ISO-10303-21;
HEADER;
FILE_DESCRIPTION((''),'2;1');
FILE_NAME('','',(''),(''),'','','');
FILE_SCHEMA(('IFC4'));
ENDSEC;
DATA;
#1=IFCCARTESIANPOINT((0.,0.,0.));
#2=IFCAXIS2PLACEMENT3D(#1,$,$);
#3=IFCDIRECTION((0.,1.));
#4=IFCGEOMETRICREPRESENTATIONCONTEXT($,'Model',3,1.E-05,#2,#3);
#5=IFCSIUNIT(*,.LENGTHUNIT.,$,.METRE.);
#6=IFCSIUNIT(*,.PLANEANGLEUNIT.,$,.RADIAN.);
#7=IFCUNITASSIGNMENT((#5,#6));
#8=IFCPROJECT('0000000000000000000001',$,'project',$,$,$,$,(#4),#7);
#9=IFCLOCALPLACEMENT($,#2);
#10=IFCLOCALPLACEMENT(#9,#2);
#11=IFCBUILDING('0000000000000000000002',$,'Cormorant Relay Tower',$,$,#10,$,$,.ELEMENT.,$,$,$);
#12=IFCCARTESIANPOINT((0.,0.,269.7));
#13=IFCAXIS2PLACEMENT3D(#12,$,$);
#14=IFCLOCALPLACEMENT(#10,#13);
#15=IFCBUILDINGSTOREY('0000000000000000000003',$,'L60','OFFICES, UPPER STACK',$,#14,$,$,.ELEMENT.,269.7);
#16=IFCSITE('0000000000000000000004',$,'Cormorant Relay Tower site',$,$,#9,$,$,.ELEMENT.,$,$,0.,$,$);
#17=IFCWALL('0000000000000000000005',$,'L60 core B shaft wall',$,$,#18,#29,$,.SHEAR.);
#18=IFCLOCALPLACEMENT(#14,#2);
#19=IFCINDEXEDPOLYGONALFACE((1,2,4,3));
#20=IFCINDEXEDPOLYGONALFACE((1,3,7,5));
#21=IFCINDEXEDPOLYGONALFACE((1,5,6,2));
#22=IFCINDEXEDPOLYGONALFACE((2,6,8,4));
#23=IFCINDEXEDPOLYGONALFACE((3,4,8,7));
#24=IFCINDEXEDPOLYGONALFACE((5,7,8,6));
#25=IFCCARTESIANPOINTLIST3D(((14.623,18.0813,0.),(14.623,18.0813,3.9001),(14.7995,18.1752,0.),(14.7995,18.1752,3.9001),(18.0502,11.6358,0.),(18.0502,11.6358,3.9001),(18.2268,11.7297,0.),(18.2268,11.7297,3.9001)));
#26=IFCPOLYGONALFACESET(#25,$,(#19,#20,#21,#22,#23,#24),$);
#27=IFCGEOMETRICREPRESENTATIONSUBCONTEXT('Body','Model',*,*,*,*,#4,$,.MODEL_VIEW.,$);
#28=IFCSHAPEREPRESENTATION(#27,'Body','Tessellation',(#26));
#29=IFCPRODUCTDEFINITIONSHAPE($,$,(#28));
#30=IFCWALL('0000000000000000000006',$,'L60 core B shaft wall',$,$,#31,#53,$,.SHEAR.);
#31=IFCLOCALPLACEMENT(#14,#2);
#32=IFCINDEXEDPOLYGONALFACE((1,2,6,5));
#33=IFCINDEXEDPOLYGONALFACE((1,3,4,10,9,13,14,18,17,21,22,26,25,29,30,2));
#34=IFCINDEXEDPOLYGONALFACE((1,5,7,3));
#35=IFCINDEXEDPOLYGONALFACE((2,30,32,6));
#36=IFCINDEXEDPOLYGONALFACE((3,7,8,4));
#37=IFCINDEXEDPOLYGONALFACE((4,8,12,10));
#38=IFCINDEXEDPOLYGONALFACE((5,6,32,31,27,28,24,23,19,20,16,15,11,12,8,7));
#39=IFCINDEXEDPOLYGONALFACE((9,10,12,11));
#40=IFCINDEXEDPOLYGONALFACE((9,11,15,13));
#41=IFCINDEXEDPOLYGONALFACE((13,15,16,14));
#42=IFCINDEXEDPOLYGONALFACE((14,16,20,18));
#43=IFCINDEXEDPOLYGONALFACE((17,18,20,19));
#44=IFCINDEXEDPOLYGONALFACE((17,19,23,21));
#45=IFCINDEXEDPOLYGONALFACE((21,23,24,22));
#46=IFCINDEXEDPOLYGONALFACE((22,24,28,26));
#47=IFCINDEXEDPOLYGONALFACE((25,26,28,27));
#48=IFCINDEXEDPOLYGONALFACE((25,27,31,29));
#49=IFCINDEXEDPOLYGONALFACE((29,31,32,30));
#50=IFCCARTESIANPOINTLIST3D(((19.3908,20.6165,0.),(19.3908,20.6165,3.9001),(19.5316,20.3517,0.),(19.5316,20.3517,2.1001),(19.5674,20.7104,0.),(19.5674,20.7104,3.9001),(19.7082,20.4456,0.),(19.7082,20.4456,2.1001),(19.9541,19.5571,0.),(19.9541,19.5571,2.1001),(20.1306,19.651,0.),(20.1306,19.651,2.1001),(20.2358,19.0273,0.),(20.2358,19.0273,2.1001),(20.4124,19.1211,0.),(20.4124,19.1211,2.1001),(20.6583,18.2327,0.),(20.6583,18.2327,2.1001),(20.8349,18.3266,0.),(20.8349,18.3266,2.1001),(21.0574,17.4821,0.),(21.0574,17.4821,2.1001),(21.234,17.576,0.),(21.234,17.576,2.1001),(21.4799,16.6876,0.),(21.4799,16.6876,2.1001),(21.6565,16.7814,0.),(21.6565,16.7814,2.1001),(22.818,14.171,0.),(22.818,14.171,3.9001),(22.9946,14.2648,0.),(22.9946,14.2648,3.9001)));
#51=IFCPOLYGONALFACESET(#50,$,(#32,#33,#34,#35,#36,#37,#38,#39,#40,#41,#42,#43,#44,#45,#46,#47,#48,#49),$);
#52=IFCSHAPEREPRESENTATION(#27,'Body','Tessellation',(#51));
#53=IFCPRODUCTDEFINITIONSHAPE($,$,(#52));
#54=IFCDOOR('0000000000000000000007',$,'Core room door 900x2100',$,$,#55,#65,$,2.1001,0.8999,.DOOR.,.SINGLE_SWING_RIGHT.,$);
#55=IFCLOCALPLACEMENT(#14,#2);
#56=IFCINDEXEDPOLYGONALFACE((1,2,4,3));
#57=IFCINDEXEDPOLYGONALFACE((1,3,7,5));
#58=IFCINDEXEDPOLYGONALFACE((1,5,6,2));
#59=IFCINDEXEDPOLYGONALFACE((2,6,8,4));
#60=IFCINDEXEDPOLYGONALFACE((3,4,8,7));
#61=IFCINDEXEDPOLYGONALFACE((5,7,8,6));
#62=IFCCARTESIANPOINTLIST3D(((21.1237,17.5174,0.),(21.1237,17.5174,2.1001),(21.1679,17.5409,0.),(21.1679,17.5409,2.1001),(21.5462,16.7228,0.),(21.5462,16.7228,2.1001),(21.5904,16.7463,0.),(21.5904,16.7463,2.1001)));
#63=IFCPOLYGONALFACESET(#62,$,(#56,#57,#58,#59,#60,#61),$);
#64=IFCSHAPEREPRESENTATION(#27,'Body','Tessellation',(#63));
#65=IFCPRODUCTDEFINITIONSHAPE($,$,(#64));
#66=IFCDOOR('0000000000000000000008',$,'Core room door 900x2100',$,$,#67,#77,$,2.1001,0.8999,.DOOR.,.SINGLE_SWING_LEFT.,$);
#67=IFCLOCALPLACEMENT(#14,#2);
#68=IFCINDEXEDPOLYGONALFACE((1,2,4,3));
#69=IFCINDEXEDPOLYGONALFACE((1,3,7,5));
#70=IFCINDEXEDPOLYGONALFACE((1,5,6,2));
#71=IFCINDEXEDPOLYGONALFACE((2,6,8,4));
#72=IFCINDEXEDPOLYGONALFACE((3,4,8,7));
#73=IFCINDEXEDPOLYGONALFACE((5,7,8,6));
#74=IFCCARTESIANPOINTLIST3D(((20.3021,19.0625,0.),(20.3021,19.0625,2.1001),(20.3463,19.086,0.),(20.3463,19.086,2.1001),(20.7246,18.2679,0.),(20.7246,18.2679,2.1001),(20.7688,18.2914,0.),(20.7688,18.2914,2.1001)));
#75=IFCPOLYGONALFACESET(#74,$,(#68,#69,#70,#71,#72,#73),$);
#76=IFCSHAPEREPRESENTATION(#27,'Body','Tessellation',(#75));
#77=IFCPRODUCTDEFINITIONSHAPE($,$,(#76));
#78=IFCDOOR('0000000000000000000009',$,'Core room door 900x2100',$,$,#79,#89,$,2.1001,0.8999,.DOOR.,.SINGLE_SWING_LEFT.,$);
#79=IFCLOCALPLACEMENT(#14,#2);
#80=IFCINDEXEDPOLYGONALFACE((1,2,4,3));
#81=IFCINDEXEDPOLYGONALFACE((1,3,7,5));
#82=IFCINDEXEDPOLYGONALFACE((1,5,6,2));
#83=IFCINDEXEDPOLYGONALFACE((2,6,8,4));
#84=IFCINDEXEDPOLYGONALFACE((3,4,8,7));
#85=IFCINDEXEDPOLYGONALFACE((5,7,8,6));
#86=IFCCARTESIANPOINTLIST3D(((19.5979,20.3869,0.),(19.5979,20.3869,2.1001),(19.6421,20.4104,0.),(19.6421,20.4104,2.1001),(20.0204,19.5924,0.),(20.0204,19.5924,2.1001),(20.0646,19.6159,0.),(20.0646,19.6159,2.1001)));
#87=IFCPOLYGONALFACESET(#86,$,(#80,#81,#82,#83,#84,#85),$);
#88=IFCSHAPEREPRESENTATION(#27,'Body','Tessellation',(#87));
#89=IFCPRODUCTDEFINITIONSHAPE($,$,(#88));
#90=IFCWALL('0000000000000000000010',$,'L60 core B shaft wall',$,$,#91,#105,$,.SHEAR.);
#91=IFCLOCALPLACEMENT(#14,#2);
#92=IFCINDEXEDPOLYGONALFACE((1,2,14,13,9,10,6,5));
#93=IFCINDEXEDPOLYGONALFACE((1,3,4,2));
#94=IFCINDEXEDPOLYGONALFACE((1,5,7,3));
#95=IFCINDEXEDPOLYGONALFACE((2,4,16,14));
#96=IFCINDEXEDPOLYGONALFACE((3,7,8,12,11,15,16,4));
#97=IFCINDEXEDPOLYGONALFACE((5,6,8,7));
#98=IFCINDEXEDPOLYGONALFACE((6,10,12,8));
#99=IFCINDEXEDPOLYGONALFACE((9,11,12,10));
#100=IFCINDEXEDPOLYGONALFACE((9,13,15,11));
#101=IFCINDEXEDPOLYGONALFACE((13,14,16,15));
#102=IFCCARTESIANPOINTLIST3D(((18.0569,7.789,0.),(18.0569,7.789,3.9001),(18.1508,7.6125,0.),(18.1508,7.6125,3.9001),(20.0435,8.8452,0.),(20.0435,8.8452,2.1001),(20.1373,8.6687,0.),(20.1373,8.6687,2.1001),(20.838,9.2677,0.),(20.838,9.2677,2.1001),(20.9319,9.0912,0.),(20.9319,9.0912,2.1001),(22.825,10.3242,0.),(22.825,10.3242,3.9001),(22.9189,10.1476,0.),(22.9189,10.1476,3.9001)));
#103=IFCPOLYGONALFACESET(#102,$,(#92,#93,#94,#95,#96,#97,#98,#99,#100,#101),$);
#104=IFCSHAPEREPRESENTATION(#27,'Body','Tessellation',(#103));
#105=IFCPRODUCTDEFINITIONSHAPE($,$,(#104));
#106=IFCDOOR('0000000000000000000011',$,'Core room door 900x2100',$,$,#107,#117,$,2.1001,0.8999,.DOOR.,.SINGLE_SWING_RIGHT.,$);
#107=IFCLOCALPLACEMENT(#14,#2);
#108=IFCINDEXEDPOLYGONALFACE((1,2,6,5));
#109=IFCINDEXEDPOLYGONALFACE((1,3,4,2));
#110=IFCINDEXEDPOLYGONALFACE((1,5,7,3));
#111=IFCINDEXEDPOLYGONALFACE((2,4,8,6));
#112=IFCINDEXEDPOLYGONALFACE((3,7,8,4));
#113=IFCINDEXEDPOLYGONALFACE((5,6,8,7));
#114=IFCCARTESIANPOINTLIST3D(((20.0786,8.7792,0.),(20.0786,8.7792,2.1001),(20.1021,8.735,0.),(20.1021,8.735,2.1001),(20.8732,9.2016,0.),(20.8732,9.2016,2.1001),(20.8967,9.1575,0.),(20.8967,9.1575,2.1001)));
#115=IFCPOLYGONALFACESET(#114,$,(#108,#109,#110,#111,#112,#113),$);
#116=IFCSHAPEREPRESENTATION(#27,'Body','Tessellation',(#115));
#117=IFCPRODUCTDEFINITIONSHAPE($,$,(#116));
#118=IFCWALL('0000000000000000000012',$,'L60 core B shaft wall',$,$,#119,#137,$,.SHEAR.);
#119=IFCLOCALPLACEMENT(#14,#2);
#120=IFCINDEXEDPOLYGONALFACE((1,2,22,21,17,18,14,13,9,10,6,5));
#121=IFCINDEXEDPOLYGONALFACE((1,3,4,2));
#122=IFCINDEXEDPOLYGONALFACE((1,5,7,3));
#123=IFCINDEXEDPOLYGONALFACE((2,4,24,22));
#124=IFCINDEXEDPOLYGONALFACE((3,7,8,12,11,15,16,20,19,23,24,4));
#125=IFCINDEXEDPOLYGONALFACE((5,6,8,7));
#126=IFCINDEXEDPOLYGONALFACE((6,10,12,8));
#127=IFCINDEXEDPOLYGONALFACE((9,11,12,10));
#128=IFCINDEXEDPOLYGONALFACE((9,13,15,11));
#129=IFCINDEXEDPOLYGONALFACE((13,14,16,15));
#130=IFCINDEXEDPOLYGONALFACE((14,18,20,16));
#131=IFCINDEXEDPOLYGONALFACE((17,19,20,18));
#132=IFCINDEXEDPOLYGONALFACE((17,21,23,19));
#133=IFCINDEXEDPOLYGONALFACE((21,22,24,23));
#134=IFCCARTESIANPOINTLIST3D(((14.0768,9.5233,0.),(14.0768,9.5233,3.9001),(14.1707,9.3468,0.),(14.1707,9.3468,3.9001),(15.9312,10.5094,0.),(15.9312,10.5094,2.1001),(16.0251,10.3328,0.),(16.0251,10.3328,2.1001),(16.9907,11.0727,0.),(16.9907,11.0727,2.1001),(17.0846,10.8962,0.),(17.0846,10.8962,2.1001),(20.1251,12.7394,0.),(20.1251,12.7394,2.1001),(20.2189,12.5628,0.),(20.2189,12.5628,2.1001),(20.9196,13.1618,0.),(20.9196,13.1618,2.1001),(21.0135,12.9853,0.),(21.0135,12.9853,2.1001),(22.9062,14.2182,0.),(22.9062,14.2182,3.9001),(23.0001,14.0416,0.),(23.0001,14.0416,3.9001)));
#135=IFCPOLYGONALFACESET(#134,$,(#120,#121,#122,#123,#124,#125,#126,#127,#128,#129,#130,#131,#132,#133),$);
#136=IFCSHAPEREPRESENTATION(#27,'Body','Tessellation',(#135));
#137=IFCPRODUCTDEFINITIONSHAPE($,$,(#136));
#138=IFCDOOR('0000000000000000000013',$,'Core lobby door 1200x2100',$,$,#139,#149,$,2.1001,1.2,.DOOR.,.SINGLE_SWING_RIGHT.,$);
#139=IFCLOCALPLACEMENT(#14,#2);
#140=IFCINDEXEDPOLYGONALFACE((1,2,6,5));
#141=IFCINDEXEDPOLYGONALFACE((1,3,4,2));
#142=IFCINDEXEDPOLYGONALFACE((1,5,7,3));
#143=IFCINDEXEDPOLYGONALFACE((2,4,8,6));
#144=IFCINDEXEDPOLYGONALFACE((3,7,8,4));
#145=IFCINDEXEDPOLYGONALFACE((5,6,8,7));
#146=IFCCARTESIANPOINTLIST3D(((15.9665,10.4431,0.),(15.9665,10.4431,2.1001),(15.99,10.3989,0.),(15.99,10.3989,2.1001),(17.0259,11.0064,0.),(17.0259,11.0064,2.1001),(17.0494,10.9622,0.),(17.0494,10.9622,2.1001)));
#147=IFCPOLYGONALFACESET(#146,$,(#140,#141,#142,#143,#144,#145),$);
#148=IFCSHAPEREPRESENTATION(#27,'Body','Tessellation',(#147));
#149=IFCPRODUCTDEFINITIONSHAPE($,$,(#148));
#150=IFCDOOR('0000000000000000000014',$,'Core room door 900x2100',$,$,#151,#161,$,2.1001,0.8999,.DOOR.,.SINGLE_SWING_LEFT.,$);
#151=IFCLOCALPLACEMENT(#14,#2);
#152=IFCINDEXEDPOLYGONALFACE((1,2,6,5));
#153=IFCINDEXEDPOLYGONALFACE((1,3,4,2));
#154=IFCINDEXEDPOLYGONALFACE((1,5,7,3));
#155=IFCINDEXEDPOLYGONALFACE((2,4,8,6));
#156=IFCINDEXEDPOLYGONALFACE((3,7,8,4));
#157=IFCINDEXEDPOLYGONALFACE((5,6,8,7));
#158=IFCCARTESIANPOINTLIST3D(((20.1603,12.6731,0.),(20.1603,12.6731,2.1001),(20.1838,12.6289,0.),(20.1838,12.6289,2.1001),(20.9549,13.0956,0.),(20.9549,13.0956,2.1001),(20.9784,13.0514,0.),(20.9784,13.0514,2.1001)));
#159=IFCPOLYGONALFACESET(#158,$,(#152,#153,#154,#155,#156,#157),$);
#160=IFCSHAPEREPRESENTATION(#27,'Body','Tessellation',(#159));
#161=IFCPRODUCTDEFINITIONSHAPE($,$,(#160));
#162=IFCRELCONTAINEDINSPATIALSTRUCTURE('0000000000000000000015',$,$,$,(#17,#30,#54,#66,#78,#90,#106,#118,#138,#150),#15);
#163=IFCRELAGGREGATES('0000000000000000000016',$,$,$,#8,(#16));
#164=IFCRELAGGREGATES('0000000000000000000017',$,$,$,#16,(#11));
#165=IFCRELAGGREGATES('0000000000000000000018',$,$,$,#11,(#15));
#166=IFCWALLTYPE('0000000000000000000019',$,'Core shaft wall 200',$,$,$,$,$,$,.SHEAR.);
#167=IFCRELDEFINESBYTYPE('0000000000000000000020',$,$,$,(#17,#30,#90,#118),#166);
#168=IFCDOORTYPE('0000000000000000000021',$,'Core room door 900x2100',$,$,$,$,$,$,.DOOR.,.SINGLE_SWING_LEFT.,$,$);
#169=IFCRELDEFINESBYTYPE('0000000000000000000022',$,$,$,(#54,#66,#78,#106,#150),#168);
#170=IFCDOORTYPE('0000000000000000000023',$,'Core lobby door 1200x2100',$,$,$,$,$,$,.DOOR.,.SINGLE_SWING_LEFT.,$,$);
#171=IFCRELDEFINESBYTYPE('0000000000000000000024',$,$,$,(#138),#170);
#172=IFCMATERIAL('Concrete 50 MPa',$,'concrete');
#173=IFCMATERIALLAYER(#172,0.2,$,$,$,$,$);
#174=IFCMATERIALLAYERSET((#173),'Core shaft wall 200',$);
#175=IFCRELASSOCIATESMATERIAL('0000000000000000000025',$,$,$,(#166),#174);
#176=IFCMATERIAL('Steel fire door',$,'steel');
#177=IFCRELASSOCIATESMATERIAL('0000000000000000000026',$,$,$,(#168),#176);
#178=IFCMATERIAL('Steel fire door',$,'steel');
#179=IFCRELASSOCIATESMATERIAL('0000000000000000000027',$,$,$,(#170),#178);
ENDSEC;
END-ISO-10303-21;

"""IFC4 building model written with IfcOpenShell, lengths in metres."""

from ifc_helpers import new_model, si_unit, direction, frame, frame_2d, origin, place, context, subcontext, project, spatial, rectangle, extrude, material, layer, layer_set, type_object, element, fill, save


model = new_model("IFC4")

# Units and contexts
model_context = context("Model", 3, precision=1e-05, world=origin(), true_north=direction((0.0, 1.0)))
body_context = subcontext(model_context, "Body", "Model", "MODEL_VIEW")
ifc_project = project(units=[si_unit("LENGTHUNIT", "METRE"), si_unit("PLANEANGLEUNIT", "RADIAN")], contexts=[model_context])

# Site, building, storey
site_placement = place(None, origin())
site = spatial("IfcSite", under=ifc_project, at=site_placement, Name="Cormorant Relay Tower site", CompositionType="ELEMENT", RefElevation=0.0)
building_placement = place(site_placement, origin())
building = spatial("IfcBuilding", under=site, at=building_placement, Name="Cormorant Relay Tower", CompositionType="ELEMENT")
storey_placement = place(building_placement, frame((0.0, 0.0, 269.7)))
storey = spatial("IfcBuildingStorey", under=building, at=storey_placement, Name="L60", Description="OFFICES, UPPER STACK", CompositionType="ELEMENT", Elevation=269.7)

# Wall
ifc_material_1 = material(Name="Concrete 50 MPa", Category="concrete")
ifc_layer_1 = layer(ifc_material_1, 0.2)
ifc_layer_set_1 = layer_set([ifc_layer_1], Name="Core shaft wall 200")
wall_type_1 = type_object("IfcWallType", Name="Core shaft wall 200", PredefinedType="SHEAR", material=ifc_layer_set_1)
wall_1_placement = place(storey_placement, frame((18.1384, 11.6829, 0.0), z_axis=(0.0, 0.0, 1.0), x_axis=(-0.46948, 0.882943, 0.0)))
element("IfcWall", 1, at=wall_1_placement, inside=storey, type_object=wall_type_1, Name="L60 core B shaft wall", PredefinedType="SHEAR", context=body_context, shape_type="SweptSolid", body=[
    extrude(rectangle(XDim=7.3, YDim=0.2, at=frame_2d((3.6499, 0.0))), origin(), (0.0, 0.0, 1.0), 3.9001),
])

# Wall, openings, doors
wall_2_placement = place(storey_placement, frame((22.9062, 14.218, 0.0), z_axis=(0.0, 0.0, 1.0), x_axis=(-0.46948, 0.882943, 0.0)))
wall_2 = element("IfcWall", 2, at=wall_2_placement, inside=storey, type_object=wall_type_1, Name="L60 core B shaft wall", PredefinedType="SHEAR", context=body_context, shape_type="SweptSolid", body=[
    extrude(rectangle(XDim=7.3, YDim=0.2, at=frame_2d((3.6499, 0.0))), origin(), (0.0, 0.0, 1.0), 3.9001),
])
opening_1_placement = place(wall_2_placement, frame((2.8501, 0.0, 0.0)))
opening_1 = element("IfcOpeningElement", 3, at=opening_1_placement, cuts=wall_2, PredefinedType="OPENING", context=body_context, shape_type="SweptSolid", body=[
    extrude(rectangle(XDim=0.8999, YDim=2.1001, at=frame_2d((0.45, 1.05))), frame((0.0, 0.1099, 0.0), z_axis=(0.0, -1.0, 0.0), x_axis=(1.0, 0.0, 0.0)), (0.0, 0.0, 1.0), 0.22),
])
opening_2_placement = place(wall_2_placement, frame((4.6001, 0.0, 0.0)))
opening_2 = element("IfcOpeningElement", 4, at=opening_2_placement, cuts=wall_2, PredefinedType="OPENING", context=body_context, shape_type="SweptSolid", body=[
    extrude(rectangle(XDim=0.8999, YDim=2.1001, at=frame_2d((0.45, 1.05))), frame((0.0, 0.1099, 0.0), z_axis=(0.0, -1.0, 0.0), x_axis=(1.0, 0.0, 0.0)), (0.0, 0.0, 1.0), 0.22),
])
opening_3_placement = place(wall_2_placement, frame((6.1001, 0.0, 0.0)))
opening_3 = element("IfcOpeningElement", 5, at=opening_3_placement, cuts=wall_2, PredefinedType="OPENING", context=body_context, shape_type="SweptSolid", body=[
    extrude(rectangle(XDim=0.8999, YDim=2.1001, at=frame_2d((0.45, 1.05))), frame((0.0, 0.1099, 0.0), z_axis=(0.0, -1.0, 0.0), x_axis=(1.0, 0.0, 0.0)), (0.0, 0.0, 1.0), 0.22),
])
ifc_material_2 = material(Name="Steel fire door", Category="steel")
door_type_1 = type_object("IfcDoorType", Name="Core room door 900x2100", OperationType="SINGLE_SWING_LEFT", PredefinedType="DOOR", material=ifc_material_2)
door_1_placement = place(opening_1_placement, origin())
door_1 = element("IfcDoor", 6, at=door_1_placement, inside=storey, type_object=door_type_1, Name="Core room door 900x2100", OperationType="SINGLE_SWING_RIGHT", OverallHeight=2.1001, OverallWidth=0.8999, PredefinedType="DOOR", context=body_context, shape_type="SweptSolid", body=[
    extrude(rectangle(XDim=0.8999, YDim=2.1001, at=frame_2d((0.45, 1.05))), frame((0.0, 0.0249, 0.0), z_axis=(0.0, -1.0, 0.0), x_axis=(1.0, 0.0, 0.0)), (0.0, 0.0, 1.0), 0.05),
])
fill(opening_1, door_1)
door_2_placement = place(opening_2_placement, origin())
door_2 = element("IfcDoor", 7, at=door_2_placement, inside=storey, type_object=door_type_1, Name="Core room door 900x2100", OperationType="SINGLE_SWING_LEFT", OverallHeight=2.1001, OverallWidth=0.8999, PredefinedType="DOOR", context=body_context, shape_type="SweptSolid", body=[
    extrude(rectangle(XDim=0.8999, YDim=2.1001, at=frame_2d((0.45, 1.05))), frame((0.0, 0.0249, 0.0), z_axis=(0.0, -1.0, 0.0), x_axis=(1.0, 0.0, 0.0)), (0.0, 0.0, 1.0), 0.05),
])
fill(opening_2, door_2)
door_3_placement = place(opening_3_placement, origin())
door_3 = element("IfcDoor", 8, at=door_3_placement, inside=storey, type_object=door_type_1, Name="Core room door 900x2100", OperationType="SINGLE_SWING_LEFT", OverallHeight=2.1001, OverallWidth=0.8999, PredefinedType="DOOR", context=body_context, shape_type="SweptSolid", body=[
    extrude(rectangle(XDim=0.8999, YDim=2.1001, at=frame_2d((0.45, 1.05))), frame((0.0, 0.0249, 0.0), z_axis=(0.0, -1.0, 0.0), x_axis=(1.0, 0.0, 0.0)), (0.0, 0.0, 1.0), 0.05),
])
fill(opening_3, door_3)

# Wall, opening, door
wall_3_placement = place(storey_placement, frame((18.1038, 7.7007, 0.0), z_axis=(0.0, 0.0, 1.0), x_axis=(0.882953, 0.469462, 0.0)))
wall_3 = element("IfcWall", 9, at=wall_3_placement, inside=storey, type_object=wall_type_1, Name="L60 core B shaft wall", PredefinedType="SHEAR", context=body_context, shape_type="SweptSolid", body=[
    extrude(rectangle(XDim=5.4001, YDim=0.2, at=frame_2d((2.7002, 0.0))), origin(), (0.0, 0.0, 1.0), 3.9001),
])
opening_4_placement = place(wall_3_placement, frame((2.25, 0.0, 0.0)))
opening_4 = element("IfcOpeningElement", 10, at=opening_4_placement, cuts=wall_3, PredefinedType="OPENING", context=body_context, shape_type="SweptSolid", body=[
    extrude(rectangle(XDim=0.8999, YDim=2.1001, at=frame_2d((0.45, 1.05))), frame((0.0, 0.1099, 0.0), z_axis=(0.0, -1.0, 0.0), x_axis=(1.0, 0.0, 0.0)), (0.0, 0.0, 1.0), 0.22),
])
door_4_placement = place(opening_4_placement, frame((0.8999, 0.0, 0.0), z_axis=(0.0, 0.0, 1.0), x_axis=(-1.0, 0.0, 0.0)))
door_4 = element("IfcDoor", 11, at=door_4_placement, inside=storey, type_object=door_type_1, Name="Core room door 900x2100", OperationType="SINGLE_SWING_RIGHT", OverallHeight=2.1001, OverallWidth=0.8999, PredefinedType="DOOR", context=body_context, shape_type="SweptSolid", body=[
    extrude(rectangle(XDim=0.8999, YDim=2.1001, at=frame_2d((0.45, 1.05))), frame((0.0, 0.0249, 0.0), z_axis=(0.0, -1.0, 0.0), x_axis=(1.0, 0.0, 0.0)), (0.0, 0.0, 1.0), 0.05),
])
fill(opening_4, door_4)

# Wall, openings, doors
wall_4_placement = place(storey_placement, frame((14.1238, 9.4351, 0.0), z_axis=(0.0, 0.0, 1.0), x_axis=(0.88294, 0.469485, 0.0)))
wall_4 = element("IfcWall", 12, at=wall_4_placement, inside=storey, type_object=wall_type_1, Name="L60 core B shaft wall", PredefinedType="SHEAR", context=body_context, shape_type="SweptSolid", body=[
    extrude(rectangle(XDim=10.0, YDim=0.2, at=frame_2d((5.0, 0.0))), origin(), (0.0, 0.0, 1.0), 3.9001),
])
opening_5_placement = place(wall_4_placement, frame((2.1001, 0.0, 0.0)))
opening_5 = element("IfcOpeningElement", 13, at=opening_5_placement, cuts=wall_4, PredefinedType="OPENING", context=body_context, shape_type="SweptSolid", body=[
    extrude(rectangle(XDim=1.2, YDim=2.1001, at=frame_2d((0.6001, 1.05))), frame((0.0, 0.1099, 0.0), z_axis=(0.0, -1.0, 0.0), x_axis=(1.0, 0.0, 0.0)), (0.0, 0.0, 1.0), 0.22),
])
opening_6_placement = place(wall_4_placement, frame((6.8501, 0.0, 0.0)))
opening_6 = element("IfcOpeningElement", 14, at=opening_6_placement, cuts=wall_4, PredefinedType="OPENING", context=body_context, shape_type="SweptSolid", body=[
    extrude(rectangle(XDim=0.8999, YDim=2.1001, at=frame_2d((0.45, 1.05))), frame((0.0, 0.1099, 0.0), z_axis=(0.0, -1.0, 0.0), x_axis=(1.0, 0.0, 0.0)), (0.0, 0.0, 1.0), 0.22),
])
ifc_material_3 = material(Name="Steel fire door", Category="steel")
door_type_2 = type_object("IfcDoorType", Name="Core lobby door 1200x2100", OperationType="SINGLE_SWING_LEFT", PredefinedType="DOOR", material=ifc_material_3)
door_5_placement = place(opening_5_placement, origin())
door_5 = element("IfcDoor", 15, at=door_5_placement, inside=storey, type_object=door_type_2, Name="Core lobby door 1200x2100", OperationType="SINGLE_SWING_RIGHT", OverallHeight=2.1001, OverallWidth=1.2, PredefinedType="DOOR", context=body_context, shape_type="SweptSolid", body=[
    extrude(rectangle(XDim=1.2, YDim=2.1001, at=frame_2d((0.6001, 1.05))), frame((0.0, 0.0249, 0.0), z_axis=(0.0, -1.0, 0.0), x_axis=(1.0, 0.0, 0.0)), (0.0, 0.0, 1.0), 0.05),
])
fill(opening_5, door_5)
door_6_placement = place(opening_6_placement, origin())
door_6 = element("IfcDoor", 16, at=door_6_placement, inside=storey, type_object=door_type_1, Name="Core room door 900x2100", OperationType="SINGLE_SWING_LEFT", OverallHeight=2.1001, OverallWidth=0.8999, PredefinedType="DOOR", context=body_context, shape_type="SweptSolid", body=[
    extrude(rectangle(XDim=0.8999, YDim=2.1001, at=frame_2d((0.45, 1.05))), frame((0.0, 0.0249, 0.0), z_axis=(0.0, -1.0, 0.0), x_axis=(1.0, 0.0, 0.0)), (0.0, 0.0, 1.0), 0.05),
])
fill(opening_6, door_6)

save(model, "model.ifc")
